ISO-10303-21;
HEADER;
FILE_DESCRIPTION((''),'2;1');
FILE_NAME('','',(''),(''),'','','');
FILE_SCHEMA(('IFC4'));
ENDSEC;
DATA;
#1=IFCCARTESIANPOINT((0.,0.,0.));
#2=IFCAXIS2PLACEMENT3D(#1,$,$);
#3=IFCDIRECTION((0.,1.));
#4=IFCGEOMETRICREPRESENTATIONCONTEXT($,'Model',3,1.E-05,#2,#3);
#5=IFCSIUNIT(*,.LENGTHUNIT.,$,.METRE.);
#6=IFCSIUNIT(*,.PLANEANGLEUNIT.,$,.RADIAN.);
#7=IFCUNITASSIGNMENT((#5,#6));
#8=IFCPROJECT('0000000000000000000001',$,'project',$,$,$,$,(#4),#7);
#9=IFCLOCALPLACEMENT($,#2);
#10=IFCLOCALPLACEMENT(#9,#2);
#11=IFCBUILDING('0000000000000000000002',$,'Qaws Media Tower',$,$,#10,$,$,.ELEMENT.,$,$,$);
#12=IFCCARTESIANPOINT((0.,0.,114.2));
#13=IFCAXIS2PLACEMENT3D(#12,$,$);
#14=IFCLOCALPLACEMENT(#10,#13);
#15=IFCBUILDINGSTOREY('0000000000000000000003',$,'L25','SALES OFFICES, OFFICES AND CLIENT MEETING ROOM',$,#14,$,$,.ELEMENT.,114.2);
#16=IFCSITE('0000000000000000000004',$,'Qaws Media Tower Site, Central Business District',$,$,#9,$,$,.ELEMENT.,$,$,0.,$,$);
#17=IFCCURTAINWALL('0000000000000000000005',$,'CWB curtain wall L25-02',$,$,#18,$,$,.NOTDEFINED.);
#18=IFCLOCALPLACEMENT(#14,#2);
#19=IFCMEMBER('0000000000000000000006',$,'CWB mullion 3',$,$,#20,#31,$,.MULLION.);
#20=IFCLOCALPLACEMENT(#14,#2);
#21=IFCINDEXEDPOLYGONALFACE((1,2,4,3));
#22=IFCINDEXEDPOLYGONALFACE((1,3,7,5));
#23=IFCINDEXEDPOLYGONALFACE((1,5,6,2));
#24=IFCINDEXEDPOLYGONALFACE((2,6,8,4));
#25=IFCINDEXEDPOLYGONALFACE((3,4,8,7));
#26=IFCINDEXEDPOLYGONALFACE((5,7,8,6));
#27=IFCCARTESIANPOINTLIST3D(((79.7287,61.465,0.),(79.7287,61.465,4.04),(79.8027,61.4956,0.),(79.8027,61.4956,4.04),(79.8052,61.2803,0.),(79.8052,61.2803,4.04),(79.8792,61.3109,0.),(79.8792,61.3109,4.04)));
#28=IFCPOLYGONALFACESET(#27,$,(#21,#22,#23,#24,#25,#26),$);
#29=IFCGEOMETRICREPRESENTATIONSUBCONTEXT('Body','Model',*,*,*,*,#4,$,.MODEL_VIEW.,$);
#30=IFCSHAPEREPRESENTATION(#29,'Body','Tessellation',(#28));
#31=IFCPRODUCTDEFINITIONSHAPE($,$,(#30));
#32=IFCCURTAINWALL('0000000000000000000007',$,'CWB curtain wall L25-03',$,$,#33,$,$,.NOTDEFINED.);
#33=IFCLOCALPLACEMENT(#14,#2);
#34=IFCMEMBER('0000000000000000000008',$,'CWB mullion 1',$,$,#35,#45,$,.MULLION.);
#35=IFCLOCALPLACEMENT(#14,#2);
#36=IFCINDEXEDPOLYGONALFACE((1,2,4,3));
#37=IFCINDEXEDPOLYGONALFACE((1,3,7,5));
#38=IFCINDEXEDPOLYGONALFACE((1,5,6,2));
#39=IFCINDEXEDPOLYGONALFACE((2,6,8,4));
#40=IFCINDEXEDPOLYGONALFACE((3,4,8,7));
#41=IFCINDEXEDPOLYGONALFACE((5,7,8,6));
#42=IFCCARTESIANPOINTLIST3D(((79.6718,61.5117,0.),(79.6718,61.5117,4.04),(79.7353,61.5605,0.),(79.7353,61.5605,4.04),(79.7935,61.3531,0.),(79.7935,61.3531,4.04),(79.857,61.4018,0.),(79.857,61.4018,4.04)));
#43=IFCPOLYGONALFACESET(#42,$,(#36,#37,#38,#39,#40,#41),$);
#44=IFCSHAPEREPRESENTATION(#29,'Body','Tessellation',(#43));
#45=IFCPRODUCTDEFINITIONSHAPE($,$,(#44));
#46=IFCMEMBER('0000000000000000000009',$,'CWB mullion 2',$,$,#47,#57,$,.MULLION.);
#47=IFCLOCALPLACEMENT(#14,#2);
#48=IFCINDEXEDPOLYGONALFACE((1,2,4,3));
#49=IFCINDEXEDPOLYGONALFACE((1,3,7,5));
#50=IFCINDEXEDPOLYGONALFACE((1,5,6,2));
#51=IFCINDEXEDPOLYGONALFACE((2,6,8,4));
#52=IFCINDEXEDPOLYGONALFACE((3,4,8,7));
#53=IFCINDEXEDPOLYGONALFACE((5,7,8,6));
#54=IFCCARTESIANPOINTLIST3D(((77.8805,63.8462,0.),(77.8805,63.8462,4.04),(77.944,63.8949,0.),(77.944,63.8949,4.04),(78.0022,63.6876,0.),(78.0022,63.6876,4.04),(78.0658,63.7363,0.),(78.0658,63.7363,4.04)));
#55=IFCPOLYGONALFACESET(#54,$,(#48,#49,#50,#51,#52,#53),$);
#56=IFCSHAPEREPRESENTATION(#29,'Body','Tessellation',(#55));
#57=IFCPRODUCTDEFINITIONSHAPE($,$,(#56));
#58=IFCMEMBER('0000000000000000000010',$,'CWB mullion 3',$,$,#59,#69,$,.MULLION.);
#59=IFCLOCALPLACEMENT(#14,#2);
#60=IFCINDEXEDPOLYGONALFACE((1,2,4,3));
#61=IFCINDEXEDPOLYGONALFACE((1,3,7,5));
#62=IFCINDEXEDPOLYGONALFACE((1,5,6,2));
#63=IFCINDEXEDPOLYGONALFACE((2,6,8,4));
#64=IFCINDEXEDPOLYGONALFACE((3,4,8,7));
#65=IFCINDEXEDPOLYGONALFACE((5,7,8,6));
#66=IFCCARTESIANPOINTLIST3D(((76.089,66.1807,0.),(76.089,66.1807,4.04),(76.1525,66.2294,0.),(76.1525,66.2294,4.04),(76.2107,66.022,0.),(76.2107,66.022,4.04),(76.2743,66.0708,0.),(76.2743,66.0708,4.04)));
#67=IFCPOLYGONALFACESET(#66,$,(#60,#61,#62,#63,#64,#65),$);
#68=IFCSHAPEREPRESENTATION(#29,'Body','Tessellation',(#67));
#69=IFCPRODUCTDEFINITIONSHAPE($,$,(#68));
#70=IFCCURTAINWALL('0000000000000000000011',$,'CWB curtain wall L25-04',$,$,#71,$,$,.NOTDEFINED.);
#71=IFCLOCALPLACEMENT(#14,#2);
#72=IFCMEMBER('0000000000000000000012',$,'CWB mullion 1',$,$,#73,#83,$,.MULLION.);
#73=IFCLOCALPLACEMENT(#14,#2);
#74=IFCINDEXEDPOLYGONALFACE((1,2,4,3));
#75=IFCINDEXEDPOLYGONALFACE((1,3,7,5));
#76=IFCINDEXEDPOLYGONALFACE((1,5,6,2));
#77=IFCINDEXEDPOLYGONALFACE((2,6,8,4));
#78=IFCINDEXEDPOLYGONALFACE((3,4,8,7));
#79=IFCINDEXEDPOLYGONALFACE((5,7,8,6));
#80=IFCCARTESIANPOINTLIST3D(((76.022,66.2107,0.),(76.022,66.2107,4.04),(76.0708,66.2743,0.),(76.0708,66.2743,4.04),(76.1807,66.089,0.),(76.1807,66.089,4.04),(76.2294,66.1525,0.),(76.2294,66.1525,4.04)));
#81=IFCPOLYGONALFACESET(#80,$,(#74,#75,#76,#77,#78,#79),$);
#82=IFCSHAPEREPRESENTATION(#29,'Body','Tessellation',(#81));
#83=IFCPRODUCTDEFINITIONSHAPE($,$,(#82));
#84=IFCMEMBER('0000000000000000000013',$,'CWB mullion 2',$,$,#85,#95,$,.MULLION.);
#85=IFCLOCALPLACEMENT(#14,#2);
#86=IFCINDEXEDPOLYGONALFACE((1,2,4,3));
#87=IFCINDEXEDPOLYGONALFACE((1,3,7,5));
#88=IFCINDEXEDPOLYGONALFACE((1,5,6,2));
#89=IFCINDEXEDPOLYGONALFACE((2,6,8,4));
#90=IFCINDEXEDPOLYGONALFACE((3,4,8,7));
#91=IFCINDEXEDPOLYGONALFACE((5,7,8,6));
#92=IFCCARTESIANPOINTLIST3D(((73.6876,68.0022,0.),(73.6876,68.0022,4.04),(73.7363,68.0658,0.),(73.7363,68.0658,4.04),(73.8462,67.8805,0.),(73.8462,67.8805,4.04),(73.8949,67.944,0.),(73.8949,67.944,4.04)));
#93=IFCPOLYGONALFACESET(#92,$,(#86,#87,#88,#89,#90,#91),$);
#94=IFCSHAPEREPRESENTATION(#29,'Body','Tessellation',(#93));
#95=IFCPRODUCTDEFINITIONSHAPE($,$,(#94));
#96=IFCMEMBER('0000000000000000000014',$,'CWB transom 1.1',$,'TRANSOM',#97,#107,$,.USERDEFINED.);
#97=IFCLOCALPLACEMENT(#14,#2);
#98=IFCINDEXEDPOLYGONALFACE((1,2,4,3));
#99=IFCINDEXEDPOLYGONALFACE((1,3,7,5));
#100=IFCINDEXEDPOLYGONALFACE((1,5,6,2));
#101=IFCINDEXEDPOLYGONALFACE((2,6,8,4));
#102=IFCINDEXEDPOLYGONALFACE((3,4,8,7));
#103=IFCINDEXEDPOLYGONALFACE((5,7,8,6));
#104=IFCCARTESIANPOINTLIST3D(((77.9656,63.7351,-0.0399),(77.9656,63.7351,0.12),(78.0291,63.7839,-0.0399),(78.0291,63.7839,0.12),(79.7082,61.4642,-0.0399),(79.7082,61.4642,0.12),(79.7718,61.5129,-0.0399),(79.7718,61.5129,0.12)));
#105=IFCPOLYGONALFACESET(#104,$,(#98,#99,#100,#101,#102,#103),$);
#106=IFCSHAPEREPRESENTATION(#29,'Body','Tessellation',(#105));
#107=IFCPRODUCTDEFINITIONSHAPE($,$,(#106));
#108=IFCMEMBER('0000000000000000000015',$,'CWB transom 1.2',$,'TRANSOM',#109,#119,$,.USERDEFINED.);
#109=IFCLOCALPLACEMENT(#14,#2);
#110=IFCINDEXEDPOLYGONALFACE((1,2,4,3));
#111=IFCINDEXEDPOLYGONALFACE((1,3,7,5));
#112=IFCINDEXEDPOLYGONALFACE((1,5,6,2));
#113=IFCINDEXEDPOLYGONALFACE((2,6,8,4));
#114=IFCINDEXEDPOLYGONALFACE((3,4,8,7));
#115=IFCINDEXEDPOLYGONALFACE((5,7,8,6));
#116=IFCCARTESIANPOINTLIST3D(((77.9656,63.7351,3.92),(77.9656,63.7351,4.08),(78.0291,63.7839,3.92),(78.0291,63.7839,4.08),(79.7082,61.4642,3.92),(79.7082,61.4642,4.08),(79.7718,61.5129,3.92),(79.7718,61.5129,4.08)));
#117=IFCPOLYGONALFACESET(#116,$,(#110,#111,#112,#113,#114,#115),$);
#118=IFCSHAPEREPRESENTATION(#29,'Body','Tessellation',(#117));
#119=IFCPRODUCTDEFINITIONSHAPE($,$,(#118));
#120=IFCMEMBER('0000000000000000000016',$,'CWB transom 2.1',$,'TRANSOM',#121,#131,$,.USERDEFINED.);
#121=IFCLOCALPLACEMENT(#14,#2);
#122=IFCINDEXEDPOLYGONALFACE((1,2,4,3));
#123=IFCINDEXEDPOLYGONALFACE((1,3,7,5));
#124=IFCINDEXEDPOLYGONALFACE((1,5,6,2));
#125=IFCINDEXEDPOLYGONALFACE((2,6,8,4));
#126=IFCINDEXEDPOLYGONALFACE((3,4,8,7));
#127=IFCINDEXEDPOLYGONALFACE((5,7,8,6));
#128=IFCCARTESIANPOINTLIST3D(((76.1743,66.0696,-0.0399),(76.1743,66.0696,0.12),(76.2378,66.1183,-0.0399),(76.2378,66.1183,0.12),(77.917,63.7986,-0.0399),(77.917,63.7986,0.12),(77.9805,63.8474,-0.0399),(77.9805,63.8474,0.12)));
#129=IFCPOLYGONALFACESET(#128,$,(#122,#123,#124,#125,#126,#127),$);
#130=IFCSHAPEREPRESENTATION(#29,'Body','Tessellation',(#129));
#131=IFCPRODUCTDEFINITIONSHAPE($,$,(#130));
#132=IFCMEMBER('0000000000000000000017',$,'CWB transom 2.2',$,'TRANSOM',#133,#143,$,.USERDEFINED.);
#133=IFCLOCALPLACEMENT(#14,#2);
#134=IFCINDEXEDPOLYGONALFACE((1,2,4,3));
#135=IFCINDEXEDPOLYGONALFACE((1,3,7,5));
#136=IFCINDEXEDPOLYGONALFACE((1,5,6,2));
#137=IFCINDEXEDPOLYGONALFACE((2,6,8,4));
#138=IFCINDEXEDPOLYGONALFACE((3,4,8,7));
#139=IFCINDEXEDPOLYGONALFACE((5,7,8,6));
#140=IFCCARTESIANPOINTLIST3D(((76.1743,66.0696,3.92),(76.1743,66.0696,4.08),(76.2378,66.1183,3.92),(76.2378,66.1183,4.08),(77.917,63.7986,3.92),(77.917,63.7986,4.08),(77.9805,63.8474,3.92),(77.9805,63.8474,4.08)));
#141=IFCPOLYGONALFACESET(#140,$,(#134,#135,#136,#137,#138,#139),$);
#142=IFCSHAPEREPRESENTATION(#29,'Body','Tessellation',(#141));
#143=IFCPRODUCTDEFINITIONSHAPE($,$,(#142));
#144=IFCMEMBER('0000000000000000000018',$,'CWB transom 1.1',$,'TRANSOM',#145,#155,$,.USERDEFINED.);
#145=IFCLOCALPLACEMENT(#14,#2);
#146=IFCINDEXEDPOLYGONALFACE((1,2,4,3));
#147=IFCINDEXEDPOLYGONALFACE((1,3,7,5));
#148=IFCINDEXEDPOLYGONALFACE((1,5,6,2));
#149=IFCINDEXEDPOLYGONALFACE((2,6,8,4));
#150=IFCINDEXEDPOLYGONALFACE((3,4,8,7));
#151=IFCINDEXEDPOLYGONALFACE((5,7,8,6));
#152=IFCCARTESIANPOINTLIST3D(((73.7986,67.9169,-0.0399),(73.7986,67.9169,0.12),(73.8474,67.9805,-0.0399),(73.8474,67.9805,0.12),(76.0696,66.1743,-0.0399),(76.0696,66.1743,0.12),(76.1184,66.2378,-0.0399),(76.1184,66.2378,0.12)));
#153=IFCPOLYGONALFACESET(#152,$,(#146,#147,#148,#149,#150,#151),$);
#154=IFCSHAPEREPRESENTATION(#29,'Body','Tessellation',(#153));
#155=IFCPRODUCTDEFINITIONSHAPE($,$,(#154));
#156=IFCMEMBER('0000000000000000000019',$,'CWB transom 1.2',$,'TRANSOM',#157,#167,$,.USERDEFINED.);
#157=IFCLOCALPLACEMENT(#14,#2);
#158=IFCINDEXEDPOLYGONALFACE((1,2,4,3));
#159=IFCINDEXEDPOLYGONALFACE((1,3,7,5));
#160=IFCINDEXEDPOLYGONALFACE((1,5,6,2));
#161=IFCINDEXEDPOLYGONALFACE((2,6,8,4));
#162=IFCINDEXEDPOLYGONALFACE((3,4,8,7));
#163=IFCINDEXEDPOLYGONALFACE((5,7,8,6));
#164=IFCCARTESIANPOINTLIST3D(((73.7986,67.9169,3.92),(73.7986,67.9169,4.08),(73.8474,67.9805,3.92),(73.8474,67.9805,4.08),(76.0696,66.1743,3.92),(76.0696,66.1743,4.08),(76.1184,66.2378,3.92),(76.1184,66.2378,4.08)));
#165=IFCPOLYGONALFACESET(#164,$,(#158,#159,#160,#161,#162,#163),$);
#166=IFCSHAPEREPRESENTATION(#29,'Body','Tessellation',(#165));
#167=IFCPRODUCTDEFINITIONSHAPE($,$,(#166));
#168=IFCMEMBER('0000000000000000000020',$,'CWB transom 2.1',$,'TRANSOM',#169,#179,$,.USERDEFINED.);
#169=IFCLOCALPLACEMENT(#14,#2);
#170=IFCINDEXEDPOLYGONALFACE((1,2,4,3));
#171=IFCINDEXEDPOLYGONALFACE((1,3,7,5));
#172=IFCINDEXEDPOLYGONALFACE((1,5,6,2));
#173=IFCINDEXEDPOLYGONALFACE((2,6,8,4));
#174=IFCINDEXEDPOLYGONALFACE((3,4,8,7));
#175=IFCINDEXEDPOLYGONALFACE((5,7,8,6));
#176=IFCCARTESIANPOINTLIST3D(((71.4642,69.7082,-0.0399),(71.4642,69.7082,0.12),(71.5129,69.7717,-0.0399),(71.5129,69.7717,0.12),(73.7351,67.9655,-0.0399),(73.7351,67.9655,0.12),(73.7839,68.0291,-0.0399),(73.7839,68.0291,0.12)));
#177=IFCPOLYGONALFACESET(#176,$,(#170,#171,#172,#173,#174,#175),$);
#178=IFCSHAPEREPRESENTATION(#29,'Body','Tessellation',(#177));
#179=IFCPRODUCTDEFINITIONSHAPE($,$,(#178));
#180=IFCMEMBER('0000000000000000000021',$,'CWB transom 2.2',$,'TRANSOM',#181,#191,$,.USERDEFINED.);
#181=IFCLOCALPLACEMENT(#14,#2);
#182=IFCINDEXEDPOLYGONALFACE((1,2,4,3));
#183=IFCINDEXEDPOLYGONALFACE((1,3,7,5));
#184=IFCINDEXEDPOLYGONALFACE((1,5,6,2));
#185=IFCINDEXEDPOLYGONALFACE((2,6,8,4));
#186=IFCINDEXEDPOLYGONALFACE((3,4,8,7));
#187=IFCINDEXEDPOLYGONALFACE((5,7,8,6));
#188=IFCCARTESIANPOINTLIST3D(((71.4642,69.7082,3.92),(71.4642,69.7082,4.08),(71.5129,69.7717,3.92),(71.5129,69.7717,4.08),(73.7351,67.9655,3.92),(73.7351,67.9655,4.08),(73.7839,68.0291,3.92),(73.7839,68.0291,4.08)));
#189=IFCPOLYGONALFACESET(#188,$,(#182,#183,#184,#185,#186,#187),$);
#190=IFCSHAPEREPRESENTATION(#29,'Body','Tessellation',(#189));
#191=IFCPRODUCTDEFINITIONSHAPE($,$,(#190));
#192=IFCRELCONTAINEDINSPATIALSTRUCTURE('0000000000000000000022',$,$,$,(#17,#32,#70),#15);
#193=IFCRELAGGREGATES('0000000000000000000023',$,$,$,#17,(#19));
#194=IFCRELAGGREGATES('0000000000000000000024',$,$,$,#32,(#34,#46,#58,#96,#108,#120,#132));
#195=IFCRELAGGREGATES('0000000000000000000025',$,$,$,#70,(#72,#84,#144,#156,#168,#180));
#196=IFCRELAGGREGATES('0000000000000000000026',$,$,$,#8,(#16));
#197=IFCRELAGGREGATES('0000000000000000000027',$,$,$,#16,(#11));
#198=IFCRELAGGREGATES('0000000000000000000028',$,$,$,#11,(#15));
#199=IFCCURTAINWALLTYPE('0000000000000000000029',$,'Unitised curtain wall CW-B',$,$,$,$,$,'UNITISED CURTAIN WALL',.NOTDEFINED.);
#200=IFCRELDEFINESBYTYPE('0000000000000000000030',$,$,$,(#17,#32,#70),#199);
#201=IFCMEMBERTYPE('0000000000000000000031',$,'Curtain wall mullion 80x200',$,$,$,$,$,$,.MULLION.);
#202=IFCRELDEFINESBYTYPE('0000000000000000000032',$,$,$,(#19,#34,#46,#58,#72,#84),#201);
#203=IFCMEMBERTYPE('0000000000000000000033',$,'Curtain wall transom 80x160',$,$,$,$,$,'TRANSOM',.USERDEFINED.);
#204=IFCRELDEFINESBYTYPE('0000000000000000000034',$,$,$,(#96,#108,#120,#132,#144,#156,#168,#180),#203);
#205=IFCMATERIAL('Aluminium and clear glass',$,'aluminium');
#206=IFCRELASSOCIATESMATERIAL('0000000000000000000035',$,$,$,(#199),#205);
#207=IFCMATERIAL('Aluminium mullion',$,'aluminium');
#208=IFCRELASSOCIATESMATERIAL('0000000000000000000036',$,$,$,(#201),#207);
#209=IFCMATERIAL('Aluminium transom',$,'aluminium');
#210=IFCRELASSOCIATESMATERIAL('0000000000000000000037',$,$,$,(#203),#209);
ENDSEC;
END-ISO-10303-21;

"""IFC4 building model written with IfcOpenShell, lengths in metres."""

from ifc_helpers import new_model, si_unit, direction, frame, origin, origin_2d, place, context, subcontext, project, spatial, rectangle, extrude, material, material_profile, profile_set, type_object, element, aggregate, save


model = new_model("IFC4")

# Units and contexts
model_context = context("Model", 3, precision=1e-05, world=origin(), true_north=direction((0.0, 1.0)))
body_context = subcontext(model_context, "Body", "Model", "MODEL_VIEW")
ifc_project = project(units=[si_unit("LENGTHUNIT", "METRE"), si_unit("PLANEANGLEUNIT", "RADIAN")], contexts=[model_context])

# Site, building, storey
site_placement = place(None, origin())
site = spatial("IfcSite", under=ifc_project, at=site_placement, Name="Qaws Media Tower Site, Central Business District", CompositionType="ELEMENT", RefElevation=0.0)
building_placement = place(site_placement, origin())
building = spatial("IfcBuilding", under=site, at=building_placement, Name="Qaws Media Tower", CompositionType="ELEMENT")
storey_placement = place(building_placement, frame((0.0, 0.0, 114.2)))
storey = spatial("IfcBuildingStorey", under=building, at=storey_placement, Name="L25", Description="SALES OFFICES, OFFICES AND CLIENT MEETING ROOM", CompositionType="ELEMENT", Elevation=114.2)

# Curtain wall, member
ifc_material_1 = material(Name="Aluminium and clear glass", Category="aluminium")
curtain_wall_type = type_object("IfcCurtainWallType", Name="Unitised curtain wall CW-B", ElementType="UNITISED CURTAIN WALL", PredefinedType="NOTDEFINED", material=ifc_material_1)
curtain_wall_1_placement = place(storey_placement, origin())
curtain_wall_1 = element("IfcCurtainWall", 1, at=curtain_wall_1_placement, inside=storey, type_object=curtain_wall_type, Name="CWB curtain wall L25-02", PredefinedType="NOTDEFINED")
ifc_material_2 = material(Name="Aluminium mullion", Category="aluminium")
ifc_material_profile_1 = material_profile(ifc_material_2, rectangle(XDim=0.0801, YDim=0.2, at=origin_2d()), Name="80x200")
ifc_profile_set_1 = profile_set([ifc_material_profile_1], Name="Aluminium mullion")
member_type_1 = type_object("IfcMemberType", Name="Curtain wall mullion 80x200", PredefinedType="MULLION", material=ifc_profile_set_1)
member_1_placement = place(storey_placement, frame((79.804, 61.3879, 0.0), z_axis=(0.0, 0.0, 1.0), x_axis=(-0.92388, -0.382683, 0.0)))
member_1 = element("IfcMember", 2, at=member_1_placement, type_object=member_type_1, Name="CWB mullion 3", PredefinedType="MULLION", context=body_context, shape_type="SweptSolid", body=[
    extrude(rectangle(XDim=0.0801, YDim=0.2, at=origin_2d()), origin(), (0.0, 0.0, 1.0), 4.04),
])
aggregate(curtain_wall_1, [member_1])

# Curtain walls, members
curtain_wall_2_placement = place(storey_placement, origin())
curtain_wall_2 = element("IfcCurtainWall", 3, at=curtain_wall_2_placement, inside=storey, type_object=curtain_wall_type, Name="CWB curtain wall L25-03", PredefinedType="NOTDEFINED")
member_2_placement = place(storey_placement, frame((79.7644, 61.4568, 0.0), z_axis=(0.0, 0.0, 1.0), x_axis=(-0.793353, -0.608761, 0.0)))
member_2 = element("IfcMember", 4, at=member_2_placement, type_object=member_type_1, Name="CWB mullion 1", PredefinedType="MULLION", context=body_context, shape_type="SweptSolid", body=[
    extrude(rectangle(XDim=0.0801, YDim=0.2, at=origin_2d()), origin(), (0.0, 0.0, 1.0), 4.04),
])
member_3_placement = place(storey_placement, frame((77.9731, 63.7913, 0.0), z_axis=(0.0, 0.0, 1.0), x_axis=(-0.793353, -0.608761, 0.0)))
member_3 = element("IfcMember", 5, at=member_3_placement, type_object=member_type_1, Name="CWB mullion 2", PredefinedType="MULLION", context=body_context, shape_type="SweptSolid", body=[
    extrude(rectangle(XDim=0.0801, YDim=0.2, at=origin_2d()), origin(), (0.0, 0.0, 1.0), 4.04),
])
member_4_placement = place(storey_placement, frame((76.1816, 66.1257, 0.0), z_axis=(0.0, 0.0, 1.0), x_axis=(-0.793353, -0.608761, 0.0)))
member_4 = element("IfcMember", 6, at=member_4_placement, type_object=member_type_1, Name="CWB mullion 3", PredefinedType="MULLION", context=body_context, shape_type="SweptSolid", body=[
    extrude(rectangle(XDim=0.0801, YDim=0.2, at=origin_2d()), origin(), (0.0, 0.0, 1.0), 4.04),
])
curtain_wall_3_placement = place(storey_placement, origin())
curtain_wall_3 = element("IfcCurtainWall", 7, at=curtain_wall_3_placement, inside=storey, type_object=curtain_wall_type, Name="CWB curtain wall L25-04", PredefinedType="NOTDEFINED")
member_5_placement = place(storey_placement, frame((76.1257, 66.1816, 0.0), z_axis=(0.0, 0.0, 1.0), x_axis=(-0.608761, -0.793353, 0.0)))
member_5 = element("IfcMember", 8, at=member_5_placement, type_object=member_type_1, Name="CWB mullion 1", PredefinedType="MULLION", context=body_context, shape_type="SweptSolid", body=[
    extrude(rectangle(XDim=0.0801, YDim=0.2, at=origin_2d()), origin(), (0.0, 0.0, 1.0), 4.04),
])
member_6_placement = place(storey_placement, frame((73.7913, 67.9731, 0.0), z_axis=(0.0, 0.0, 1.0), x_axis=(-0.608761, -0.793353, 0.0)))
member_6 = element("IfcMember", 9, at=member_6_placement, type_object=member_type_1, Name="CWB mullion 2", PredefinedType="MULLION", context=body_context, shape_type="SweptSolid", body=[
    extrude(rectangle(XDim=0.0801, YDim=0.2, at=origin_2d()), origin(), (0.0, 0.0, 1.0), 4.04),
])

# Members
ifc_material_3 = material(Name="Aluminium transom", Category="aluminium")
ifc_material_profile_2 = material_profile(ifc_material_3, rectangle(XDim=0.0801, YDim=0.1599, at=origin_2d()), Name="80x160")
ifc_profile_set_2 = profile_set([ifc_material_profile_2], Name="Aluminium transom")
member_type_2 = type_object("IfcMemberType", Name="Curtain wall transom 80x160", ElementType="TRANSOM", PredefinedType="USERDEFINED", material=ifc_profile_set_2)
member_7_placement = place(storey_placement, frame((79.74, 61.4885, 0.04), z_axis=(-0.608779, 0.79334, 0.0), x_axis=(-0.79334, -0.608779, 0.0)))
member_7 = element("IfcMember", 10, at=member_7_placement, type_object=member_type_2, Name="CWB transom 1.1", ObjectType="TRANSOM", PredefinedType="USERDEFINED", context=body_context, shape_type="SweptSolid", body=[
    extrude(rectangle(XDim=0.0801, YDim=0.1599, at=origin_2d()), origin(), (0.0, 0.0, 1.0), 2.8625),
])
member_8_placement = place(storey_placement, frame((79.74, 61.4885, 4.0), z_axis=(-0.608779, 0.79334, 0.0), x_axis=(-0.79334, -0.608779, 0.0)))
member_8 = element("IfcMember", 11, at=member_8_placement, type_object=member_type_2, Name="CWB transom 1.2", ObjectType="TRANSOM", PredefinedType="USERDEFINED", context=body_context, shape_type="SweptSolid", body=[
    extrude(rectangle(XDim=0.0801, YDim=0.1599, at=origin_2d()), origin(), (0.0, 0.0, 1.0), 2.8625),
])
member_9_placement = place(storey_placement, frame((77.9487, 63.823, 0.04), z_axis=(-0.608779, 0.79334, 0.0), x_axis=(-0.79334, -0.608779, 0.0)))
member_9 = element("IfcMember", 12, at=member_9_placement, type_object=member_type_2, Name="CWB transom 2.1", ObjectType="TRANSOM", PredefinedType="USERDEFINED", context=body_context, shape_type="SweptSolid", body=[
    extrude(rectangle(XDim=0.0801, YDim=0.1599, at=origin_2d()), origin(), (0.0, 0.0, 1.0), 2.8625),
])
member_10_placement = place(storey_placement, frame((77.9487, 63.823, 4.0), z_axis=(-0.608779, 0.79334, 0.0), x_axis=(-0.79334, -0.608779, 0.0)))
member_10 = element("IfcMember", 13, at=member_10_placement, type_object=member_type_2, Name="CWB transom 2.2", ObjectType="TRANSOM", PredefinedType="USERDEFINED", context=body_context, shape_type="SweptSolid", body=[
    extrude(rectangle(XDim=0.0801, YDim=0.1599, at=origin_2d()), origin(), (0.0, 0.0, 1.0), 2.8625),
])
member_11_placement = place(storey_placement, frame((76.094, 66.2061, 0.04), z_axis=(-0.79334, 0.608779, 0.0), x_axis=(-0.608779, -0.79334, 0.0)))
member_11 = element("IfcMember", 14, at=member_11_placement, type_object=member_type_2, Name="CWB transom 1.1", ObjectType="TRANSOM", PredefinedType="USERDEFINED", context=body_context, shape_type="SweptSolid", body=[
    extrude(rectangle(XDim=0.0801, YDim=0.1599, at=origin_2d()), origin(), (0.0, 0.0, 1.0), 2.8625),
])
member_12_placement = place(storey_placement, frame((76.094, 66.2061, 4.0), z_axis=(-0.79334, 0.608779, 0.0), x_axis=(-0.608779, -0.79334, 0.0)))
member_12 = element("IfcMember", 15, at=member_12_placement, type_object=member_type_2, Name="CWB transom 1.2", ObjectType="TRANSOM", PredefinedType="USERDEFINED", context=body_context, shape_type="SweptSolid", body=[
    extrude(rectangle(XDim=0.0801, YDim=0.1599, at=origin_2d()), origin(), (0.0, 0.0, 1.0), 2.8625),
])
member_13_placement = place(storey_placement, frame((73.7595, 67.9973, 0.04), z_axis=(-0.79334, 0.608779, 0.0), x_axis=(-0.608779, -0.79334, 0.0)))
member_13 = element("IfcMember", 16, at=member_13_placement, type_object=member_type_2, Name="CWB transom 2.1", ObjectType="TRANSOM", PredefinedType="USERDEFINED", context=body_context, shape_type="SweptSolid", body=[
    extrude(rectangle(XDim=0.0801, YDim=0.1599, at=origin_2d()), origin(), (0.0, 0.0, 1.0), 2.8625),
])
member_14_placement = place(storey_placement, frame((73.7595, 67.9973, 4.0), z_axis=(-0.79334, 0.608779, 0.0), x_axis=(-0.608779, -0.79334, 0.0)))
member_14 = element("IfcMember", 17, at=member_14_placement, type_object=member_type_2, Name="CWB transom 2.2", ObjectType="TRANSOM", PredefinedType="USERDEFINED", context=body_context, shape_type="SweptSolid", body=[
    extrude(rectangle(XDim=0.0801, YDim=0.1599, at=origin_2d()), origin(), (0.0, 0.0, 1.0), 2.8625),
])

aggregate(curtain_wall_2, [member_2, member_3, member_4, member_7, member_8, member_9, member_10])
aggregate(curtain_wall_3, [member_5, member_6, member_11, member_12, member_13, member_14])

save(model, "model.ifc")
